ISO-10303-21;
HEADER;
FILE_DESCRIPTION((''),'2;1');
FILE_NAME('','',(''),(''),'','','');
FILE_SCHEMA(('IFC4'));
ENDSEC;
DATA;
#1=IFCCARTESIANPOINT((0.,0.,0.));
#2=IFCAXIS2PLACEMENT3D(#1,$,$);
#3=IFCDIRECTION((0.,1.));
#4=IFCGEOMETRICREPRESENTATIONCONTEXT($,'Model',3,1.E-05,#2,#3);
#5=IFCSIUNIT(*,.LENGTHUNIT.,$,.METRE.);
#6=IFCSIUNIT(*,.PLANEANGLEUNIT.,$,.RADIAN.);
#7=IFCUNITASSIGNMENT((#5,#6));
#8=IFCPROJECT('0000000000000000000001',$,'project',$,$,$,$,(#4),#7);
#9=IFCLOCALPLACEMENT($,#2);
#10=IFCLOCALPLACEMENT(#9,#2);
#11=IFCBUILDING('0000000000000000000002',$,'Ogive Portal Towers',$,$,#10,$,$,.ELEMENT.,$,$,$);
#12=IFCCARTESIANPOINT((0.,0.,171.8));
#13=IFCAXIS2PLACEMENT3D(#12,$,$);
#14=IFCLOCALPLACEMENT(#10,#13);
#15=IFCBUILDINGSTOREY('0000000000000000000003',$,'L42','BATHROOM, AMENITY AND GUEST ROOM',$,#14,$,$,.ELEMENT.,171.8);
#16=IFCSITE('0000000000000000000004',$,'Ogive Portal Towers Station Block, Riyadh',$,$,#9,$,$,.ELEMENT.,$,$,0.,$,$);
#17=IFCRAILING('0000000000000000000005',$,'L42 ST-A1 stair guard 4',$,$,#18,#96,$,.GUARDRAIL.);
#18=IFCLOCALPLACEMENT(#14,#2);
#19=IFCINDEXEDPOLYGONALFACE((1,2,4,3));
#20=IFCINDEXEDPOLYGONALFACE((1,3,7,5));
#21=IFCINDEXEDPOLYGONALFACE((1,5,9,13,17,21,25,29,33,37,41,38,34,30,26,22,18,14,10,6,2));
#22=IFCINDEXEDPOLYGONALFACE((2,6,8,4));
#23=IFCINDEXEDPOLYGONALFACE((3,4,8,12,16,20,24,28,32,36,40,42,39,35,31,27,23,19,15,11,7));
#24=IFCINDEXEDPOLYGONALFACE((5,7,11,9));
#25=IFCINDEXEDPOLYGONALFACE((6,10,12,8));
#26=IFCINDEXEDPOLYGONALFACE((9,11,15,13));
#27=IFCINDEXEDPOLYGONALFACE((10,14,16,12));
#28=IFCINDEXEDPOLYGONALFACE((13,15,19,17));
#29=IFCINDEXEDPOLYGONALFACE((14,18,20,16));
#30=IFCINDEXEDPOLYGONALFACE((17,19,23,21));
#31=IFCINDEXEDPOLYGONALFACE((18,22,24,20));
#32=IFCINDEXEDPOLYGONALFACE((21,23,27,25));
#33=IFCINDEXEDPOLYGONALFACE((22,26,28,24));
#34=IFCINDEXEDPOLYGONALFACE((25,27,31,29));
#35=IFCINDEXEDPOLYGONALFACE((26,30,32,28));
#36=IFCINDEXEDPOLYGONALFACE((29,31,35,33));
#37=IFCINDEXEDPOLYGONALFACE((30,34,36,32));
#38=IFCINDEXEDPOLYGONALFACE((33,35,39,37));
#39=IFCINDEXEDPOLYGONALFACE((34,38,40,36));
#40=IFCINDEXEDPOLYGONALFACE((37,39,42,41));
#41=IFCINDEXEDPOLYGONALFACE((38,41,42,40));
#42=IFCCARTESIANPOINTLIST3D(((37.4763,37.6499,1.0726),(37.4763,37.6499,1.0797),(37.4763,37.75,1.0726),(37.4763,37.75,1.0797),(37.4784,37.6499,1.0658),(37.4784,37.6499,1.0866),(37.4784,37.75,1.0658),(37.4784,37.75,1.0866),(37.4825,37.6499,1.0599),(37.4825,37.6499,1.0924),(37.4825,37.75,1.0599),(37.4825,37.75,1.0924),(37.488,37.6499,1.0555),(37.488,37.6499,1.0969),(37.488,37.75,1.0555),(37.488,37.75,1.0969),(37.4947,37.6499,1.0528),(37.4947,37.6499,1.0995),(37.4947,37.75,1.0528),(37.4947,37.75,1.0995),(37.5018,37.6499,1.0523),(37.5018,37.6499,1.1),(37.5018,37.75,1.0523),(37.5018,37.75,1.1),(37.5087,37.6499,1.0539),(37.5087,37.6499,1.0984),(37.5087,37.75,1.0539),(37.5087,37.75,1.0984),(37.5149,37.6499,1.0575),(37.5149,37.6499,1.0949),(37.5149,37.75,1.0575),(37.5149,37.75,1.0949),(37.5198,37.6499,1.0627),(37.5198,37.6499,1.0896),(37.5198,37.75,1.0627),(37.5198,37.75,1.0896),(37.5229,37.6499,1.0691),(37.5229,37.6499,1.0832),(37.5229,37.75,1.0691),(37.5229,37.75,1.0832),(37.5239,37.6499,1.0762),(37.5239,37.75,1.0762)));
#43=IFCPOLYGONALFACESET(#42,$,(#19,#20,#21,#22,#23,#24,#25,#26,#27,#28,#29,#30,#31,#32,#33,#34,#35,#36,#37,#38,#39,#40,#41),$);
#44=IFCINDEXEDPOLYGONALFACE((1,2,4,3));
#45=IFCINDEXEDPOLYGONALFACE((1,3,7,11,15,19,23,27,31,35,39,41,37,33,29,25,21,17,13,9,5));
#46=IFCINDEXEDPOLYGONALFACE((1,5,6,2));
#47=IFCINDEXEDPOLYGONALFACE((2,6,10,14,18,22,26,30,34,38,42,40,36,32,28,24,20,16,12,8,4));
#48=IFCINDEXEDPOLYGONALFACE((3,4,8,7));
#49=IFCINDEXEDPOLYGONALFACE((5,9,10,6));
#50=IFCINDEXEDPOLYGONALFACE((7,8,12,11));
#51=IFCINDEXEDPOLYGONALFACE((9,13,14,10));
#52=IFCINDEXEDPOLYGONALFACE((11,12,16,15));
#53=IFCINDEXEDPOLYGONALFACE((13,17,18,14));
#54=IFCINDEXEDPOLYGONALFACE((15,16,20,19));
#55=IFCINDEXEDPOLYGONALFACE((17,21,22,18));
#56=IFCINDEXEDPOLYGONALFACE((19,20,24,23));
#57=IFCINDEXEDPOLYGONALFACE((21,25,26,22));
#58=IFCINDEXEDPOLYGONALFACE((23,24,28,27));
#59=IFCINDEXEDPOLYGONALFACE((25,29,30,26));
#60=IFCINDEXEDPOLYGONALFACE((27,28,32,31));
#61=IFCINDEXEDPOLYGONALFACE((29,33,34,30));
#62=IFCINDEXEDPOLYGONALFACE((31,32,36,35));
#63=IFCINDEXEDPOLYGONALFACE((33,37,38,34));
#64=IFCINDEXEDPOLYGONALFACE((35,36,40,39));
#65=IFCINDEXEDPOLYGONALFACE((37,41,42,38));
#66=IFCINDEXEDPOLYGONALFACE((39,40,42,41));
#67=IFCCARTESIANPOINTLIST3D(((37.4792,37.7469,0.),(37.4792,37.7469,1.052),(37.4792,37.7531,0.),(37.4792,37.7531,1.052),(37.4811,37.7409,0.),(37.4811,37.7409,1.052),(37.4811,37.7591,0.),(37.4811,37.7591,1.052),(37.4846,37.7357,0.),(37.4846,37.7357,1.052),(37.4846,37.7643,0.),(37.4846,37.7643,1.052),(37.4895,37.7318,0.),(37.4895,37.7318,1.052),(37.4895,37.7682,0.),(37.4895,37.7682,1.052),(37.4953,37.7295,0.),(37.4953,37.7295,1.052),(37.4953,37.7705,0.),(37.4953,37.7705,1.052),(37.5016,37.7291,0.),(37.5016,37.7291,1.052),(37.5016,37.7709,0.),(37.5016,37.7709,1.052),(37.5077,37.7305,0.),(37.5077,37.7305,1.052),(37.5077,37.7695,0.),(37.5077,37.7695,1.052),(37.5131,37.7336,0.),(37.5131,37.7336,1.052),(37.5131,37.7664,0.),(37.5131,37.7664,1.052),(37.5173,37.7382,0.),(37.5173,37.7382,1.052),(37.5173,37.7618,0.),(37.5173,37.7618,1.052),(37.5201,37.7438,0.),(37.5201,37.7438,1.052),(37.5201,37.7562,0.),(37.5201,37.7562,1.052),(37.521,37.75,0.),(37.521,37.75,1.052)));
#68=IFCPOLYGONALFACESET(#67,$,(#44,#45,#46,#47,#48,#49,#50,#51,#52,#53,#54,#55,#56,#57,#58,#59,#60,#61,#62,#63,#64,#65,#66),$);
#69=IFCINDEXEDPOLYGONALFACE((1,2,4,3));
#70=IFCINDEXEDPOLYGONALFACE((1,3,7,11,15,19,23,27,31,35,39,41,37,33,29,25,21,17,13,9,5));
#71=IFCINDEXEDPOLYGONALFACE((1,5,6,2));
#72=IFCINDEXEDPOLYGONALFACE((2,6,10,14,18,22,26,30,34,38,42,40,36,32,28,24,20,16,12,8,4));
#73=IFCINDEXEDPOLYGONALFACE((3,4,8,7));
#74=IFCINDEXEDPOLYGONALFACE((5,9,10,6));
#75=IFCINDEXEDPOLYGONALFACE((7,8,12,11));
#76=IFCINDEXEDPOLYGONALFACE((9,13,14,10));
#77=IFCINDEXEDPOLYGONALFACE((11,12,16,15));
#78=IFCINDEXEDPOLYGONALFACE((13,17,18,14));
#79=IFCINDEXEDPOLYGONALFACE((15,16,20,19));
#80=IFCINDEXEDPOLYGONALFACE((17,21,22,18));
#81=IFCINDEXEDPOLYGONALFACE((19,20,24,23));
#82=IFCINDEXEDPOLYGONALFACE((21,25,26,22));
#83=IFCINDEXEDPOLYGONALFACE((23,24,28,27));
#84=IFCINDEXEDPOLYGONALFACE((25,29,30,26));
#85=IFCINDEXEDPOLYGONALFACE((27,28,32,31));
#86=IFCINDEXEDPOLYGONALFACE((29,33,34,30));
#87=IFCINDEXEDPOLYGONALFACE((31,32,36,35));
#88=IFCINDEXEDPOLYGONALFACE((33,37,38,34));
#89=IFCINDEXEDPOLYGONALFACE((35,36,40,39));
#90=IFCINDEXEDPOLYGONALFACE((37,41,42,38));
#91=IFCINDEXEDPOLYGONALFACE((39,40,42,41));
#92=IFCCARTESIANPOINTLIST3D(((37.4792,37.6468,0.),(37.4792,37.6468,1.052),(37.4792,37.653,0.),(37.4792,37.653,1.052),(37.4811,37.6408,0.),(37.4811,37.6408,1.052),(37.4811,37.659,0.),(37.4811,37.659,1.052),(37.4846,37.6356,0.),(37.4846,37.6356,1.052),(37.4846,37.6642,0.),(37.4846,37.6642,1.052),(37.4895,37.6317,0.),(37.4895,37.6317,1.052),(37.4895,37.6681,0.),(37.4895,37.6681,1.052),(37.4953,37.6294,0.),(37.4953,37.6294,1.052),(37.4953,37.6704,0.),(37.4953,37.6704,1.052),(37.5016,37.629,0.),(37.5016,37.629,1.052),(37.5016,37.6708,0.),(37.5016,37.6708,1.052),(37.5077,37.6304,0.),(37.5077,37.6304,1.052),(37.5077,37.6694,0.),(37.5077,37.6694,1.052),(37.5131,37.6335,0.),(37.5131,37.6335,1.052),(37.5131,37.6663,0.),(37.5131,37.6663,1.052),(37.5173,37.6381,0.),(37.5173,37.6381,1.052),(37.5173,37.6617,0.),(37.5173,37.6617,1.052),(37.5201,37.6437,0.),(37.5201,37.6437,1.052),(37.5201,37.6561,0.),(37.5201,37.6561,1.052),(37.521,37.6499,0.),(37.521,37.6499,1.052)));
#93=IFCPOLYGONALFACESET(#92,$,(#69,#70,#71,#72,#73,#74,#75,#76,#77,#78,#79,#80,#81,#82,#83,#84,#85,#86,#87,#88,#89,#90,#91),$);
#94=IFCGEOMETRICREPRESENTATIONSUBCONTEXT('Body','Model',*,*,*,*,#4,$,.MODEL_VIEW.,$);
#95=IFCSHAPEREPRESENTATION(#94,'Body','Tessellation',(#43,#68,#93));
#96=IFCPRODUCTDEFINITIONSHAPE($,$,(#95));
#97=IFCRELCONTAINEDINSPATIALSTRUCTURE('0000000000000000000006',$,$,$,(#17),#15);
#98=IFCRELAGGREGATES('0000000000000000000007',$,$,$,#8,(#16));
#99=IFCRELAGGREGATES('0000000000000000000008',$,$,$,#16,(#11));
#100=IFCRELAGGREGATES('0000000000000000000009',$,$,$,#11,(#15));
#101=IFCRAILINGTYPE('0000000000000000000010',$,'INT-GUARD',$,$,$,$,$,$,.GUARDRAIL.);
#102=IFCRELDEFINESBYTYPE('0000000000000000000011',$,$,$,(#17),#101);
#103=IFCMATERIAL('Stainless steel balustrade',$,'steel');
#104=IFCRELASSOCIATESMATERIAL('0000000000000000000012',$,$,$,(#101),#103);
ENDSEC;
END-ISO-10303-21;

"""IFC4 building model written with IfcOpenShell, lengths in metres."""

from ifc_helpers import new_model, si_unit, direction, frame, origin, origin_2d, place, context, subcontext, project, spatial, circle, extrude, material, type_object, element, save


model = new_model("IFC4")

# Units and contexts
model_context = context("Model", 3, precision=1e-05, world=origin(), true_north=direction((0.0, 1.0)))
body_context = subcontext(model_context, "Body", "Model", "MODEL_VIEW")
ifc_project = project(units=[si_unit("LENGTHUNIT", "METRE"), si_unit("PLANEANGLEUNIT", "RADIAN")], contexts=[model_context])

# Site, building, storey
site_placement = place(None, origin())
site = spatial("IfcSite", under=ifc_project, at=site_placement, Name="Ogive Portal Towers Station Block, Riyadh", CompositionType="ELEMENT", RefElevation=0.0)
building_placement = place(site_placement, origin())
building = spatial("IfcBuilding", under=site, at=building_placement, Name="Ogive Portal Towers", CompositionType="ELEMENT")
storey_placement = place(building_placement, frame((0.0, 0.0, 171.8)))
storey = spatial("IfcBuildingStorey", under=building, at=storey_placement, Name="L42", Description="BATHROOM, AMENITY AND GUEST ROOM", CompositionType="ELEMENT", Elevation=171.8)

# Railing
ifc_material_1 = material(Name="Stainless steel balustrade", Category="steel")
railing_type = type_object("IfcRailingType", Name="INT-GUARD", PredefinedType="GUARDRAIL", material=ifc_material_1)
railing_placement = place(storey_placement, frame((37.5, 37.75, 0.0)))
element("IfcRailing", 1, at=railing_placement, inside=storey, type_object=railing_type, Name="L42 ST-A1 stair guard 4", PredefinedType="GUARDRAIL", context=body_context, shape_type="SweptSolid", body=[
    extrude(circle(Radius=0.0239, at=origin_2d()), frame((0.0, 0.0, 1.0762), z_axis=(0.0, -1.0, 0.0), x_axis=(1.0, 0.0, 0.0)), (0.0, 0.0, 1.0), 0.1001),
    extrude(circle(Radius=0.021, at=origin_2d()), origin(), (0.0, 0.0, 1.0), 1.052),
    extrude(circle(Radius=0.021, at=origin_2d()), frame((0.0, -0.1001, 0.0)), (0.0, 0.0, 1.0), 1.052),
])

save(model, "model.ifc")
